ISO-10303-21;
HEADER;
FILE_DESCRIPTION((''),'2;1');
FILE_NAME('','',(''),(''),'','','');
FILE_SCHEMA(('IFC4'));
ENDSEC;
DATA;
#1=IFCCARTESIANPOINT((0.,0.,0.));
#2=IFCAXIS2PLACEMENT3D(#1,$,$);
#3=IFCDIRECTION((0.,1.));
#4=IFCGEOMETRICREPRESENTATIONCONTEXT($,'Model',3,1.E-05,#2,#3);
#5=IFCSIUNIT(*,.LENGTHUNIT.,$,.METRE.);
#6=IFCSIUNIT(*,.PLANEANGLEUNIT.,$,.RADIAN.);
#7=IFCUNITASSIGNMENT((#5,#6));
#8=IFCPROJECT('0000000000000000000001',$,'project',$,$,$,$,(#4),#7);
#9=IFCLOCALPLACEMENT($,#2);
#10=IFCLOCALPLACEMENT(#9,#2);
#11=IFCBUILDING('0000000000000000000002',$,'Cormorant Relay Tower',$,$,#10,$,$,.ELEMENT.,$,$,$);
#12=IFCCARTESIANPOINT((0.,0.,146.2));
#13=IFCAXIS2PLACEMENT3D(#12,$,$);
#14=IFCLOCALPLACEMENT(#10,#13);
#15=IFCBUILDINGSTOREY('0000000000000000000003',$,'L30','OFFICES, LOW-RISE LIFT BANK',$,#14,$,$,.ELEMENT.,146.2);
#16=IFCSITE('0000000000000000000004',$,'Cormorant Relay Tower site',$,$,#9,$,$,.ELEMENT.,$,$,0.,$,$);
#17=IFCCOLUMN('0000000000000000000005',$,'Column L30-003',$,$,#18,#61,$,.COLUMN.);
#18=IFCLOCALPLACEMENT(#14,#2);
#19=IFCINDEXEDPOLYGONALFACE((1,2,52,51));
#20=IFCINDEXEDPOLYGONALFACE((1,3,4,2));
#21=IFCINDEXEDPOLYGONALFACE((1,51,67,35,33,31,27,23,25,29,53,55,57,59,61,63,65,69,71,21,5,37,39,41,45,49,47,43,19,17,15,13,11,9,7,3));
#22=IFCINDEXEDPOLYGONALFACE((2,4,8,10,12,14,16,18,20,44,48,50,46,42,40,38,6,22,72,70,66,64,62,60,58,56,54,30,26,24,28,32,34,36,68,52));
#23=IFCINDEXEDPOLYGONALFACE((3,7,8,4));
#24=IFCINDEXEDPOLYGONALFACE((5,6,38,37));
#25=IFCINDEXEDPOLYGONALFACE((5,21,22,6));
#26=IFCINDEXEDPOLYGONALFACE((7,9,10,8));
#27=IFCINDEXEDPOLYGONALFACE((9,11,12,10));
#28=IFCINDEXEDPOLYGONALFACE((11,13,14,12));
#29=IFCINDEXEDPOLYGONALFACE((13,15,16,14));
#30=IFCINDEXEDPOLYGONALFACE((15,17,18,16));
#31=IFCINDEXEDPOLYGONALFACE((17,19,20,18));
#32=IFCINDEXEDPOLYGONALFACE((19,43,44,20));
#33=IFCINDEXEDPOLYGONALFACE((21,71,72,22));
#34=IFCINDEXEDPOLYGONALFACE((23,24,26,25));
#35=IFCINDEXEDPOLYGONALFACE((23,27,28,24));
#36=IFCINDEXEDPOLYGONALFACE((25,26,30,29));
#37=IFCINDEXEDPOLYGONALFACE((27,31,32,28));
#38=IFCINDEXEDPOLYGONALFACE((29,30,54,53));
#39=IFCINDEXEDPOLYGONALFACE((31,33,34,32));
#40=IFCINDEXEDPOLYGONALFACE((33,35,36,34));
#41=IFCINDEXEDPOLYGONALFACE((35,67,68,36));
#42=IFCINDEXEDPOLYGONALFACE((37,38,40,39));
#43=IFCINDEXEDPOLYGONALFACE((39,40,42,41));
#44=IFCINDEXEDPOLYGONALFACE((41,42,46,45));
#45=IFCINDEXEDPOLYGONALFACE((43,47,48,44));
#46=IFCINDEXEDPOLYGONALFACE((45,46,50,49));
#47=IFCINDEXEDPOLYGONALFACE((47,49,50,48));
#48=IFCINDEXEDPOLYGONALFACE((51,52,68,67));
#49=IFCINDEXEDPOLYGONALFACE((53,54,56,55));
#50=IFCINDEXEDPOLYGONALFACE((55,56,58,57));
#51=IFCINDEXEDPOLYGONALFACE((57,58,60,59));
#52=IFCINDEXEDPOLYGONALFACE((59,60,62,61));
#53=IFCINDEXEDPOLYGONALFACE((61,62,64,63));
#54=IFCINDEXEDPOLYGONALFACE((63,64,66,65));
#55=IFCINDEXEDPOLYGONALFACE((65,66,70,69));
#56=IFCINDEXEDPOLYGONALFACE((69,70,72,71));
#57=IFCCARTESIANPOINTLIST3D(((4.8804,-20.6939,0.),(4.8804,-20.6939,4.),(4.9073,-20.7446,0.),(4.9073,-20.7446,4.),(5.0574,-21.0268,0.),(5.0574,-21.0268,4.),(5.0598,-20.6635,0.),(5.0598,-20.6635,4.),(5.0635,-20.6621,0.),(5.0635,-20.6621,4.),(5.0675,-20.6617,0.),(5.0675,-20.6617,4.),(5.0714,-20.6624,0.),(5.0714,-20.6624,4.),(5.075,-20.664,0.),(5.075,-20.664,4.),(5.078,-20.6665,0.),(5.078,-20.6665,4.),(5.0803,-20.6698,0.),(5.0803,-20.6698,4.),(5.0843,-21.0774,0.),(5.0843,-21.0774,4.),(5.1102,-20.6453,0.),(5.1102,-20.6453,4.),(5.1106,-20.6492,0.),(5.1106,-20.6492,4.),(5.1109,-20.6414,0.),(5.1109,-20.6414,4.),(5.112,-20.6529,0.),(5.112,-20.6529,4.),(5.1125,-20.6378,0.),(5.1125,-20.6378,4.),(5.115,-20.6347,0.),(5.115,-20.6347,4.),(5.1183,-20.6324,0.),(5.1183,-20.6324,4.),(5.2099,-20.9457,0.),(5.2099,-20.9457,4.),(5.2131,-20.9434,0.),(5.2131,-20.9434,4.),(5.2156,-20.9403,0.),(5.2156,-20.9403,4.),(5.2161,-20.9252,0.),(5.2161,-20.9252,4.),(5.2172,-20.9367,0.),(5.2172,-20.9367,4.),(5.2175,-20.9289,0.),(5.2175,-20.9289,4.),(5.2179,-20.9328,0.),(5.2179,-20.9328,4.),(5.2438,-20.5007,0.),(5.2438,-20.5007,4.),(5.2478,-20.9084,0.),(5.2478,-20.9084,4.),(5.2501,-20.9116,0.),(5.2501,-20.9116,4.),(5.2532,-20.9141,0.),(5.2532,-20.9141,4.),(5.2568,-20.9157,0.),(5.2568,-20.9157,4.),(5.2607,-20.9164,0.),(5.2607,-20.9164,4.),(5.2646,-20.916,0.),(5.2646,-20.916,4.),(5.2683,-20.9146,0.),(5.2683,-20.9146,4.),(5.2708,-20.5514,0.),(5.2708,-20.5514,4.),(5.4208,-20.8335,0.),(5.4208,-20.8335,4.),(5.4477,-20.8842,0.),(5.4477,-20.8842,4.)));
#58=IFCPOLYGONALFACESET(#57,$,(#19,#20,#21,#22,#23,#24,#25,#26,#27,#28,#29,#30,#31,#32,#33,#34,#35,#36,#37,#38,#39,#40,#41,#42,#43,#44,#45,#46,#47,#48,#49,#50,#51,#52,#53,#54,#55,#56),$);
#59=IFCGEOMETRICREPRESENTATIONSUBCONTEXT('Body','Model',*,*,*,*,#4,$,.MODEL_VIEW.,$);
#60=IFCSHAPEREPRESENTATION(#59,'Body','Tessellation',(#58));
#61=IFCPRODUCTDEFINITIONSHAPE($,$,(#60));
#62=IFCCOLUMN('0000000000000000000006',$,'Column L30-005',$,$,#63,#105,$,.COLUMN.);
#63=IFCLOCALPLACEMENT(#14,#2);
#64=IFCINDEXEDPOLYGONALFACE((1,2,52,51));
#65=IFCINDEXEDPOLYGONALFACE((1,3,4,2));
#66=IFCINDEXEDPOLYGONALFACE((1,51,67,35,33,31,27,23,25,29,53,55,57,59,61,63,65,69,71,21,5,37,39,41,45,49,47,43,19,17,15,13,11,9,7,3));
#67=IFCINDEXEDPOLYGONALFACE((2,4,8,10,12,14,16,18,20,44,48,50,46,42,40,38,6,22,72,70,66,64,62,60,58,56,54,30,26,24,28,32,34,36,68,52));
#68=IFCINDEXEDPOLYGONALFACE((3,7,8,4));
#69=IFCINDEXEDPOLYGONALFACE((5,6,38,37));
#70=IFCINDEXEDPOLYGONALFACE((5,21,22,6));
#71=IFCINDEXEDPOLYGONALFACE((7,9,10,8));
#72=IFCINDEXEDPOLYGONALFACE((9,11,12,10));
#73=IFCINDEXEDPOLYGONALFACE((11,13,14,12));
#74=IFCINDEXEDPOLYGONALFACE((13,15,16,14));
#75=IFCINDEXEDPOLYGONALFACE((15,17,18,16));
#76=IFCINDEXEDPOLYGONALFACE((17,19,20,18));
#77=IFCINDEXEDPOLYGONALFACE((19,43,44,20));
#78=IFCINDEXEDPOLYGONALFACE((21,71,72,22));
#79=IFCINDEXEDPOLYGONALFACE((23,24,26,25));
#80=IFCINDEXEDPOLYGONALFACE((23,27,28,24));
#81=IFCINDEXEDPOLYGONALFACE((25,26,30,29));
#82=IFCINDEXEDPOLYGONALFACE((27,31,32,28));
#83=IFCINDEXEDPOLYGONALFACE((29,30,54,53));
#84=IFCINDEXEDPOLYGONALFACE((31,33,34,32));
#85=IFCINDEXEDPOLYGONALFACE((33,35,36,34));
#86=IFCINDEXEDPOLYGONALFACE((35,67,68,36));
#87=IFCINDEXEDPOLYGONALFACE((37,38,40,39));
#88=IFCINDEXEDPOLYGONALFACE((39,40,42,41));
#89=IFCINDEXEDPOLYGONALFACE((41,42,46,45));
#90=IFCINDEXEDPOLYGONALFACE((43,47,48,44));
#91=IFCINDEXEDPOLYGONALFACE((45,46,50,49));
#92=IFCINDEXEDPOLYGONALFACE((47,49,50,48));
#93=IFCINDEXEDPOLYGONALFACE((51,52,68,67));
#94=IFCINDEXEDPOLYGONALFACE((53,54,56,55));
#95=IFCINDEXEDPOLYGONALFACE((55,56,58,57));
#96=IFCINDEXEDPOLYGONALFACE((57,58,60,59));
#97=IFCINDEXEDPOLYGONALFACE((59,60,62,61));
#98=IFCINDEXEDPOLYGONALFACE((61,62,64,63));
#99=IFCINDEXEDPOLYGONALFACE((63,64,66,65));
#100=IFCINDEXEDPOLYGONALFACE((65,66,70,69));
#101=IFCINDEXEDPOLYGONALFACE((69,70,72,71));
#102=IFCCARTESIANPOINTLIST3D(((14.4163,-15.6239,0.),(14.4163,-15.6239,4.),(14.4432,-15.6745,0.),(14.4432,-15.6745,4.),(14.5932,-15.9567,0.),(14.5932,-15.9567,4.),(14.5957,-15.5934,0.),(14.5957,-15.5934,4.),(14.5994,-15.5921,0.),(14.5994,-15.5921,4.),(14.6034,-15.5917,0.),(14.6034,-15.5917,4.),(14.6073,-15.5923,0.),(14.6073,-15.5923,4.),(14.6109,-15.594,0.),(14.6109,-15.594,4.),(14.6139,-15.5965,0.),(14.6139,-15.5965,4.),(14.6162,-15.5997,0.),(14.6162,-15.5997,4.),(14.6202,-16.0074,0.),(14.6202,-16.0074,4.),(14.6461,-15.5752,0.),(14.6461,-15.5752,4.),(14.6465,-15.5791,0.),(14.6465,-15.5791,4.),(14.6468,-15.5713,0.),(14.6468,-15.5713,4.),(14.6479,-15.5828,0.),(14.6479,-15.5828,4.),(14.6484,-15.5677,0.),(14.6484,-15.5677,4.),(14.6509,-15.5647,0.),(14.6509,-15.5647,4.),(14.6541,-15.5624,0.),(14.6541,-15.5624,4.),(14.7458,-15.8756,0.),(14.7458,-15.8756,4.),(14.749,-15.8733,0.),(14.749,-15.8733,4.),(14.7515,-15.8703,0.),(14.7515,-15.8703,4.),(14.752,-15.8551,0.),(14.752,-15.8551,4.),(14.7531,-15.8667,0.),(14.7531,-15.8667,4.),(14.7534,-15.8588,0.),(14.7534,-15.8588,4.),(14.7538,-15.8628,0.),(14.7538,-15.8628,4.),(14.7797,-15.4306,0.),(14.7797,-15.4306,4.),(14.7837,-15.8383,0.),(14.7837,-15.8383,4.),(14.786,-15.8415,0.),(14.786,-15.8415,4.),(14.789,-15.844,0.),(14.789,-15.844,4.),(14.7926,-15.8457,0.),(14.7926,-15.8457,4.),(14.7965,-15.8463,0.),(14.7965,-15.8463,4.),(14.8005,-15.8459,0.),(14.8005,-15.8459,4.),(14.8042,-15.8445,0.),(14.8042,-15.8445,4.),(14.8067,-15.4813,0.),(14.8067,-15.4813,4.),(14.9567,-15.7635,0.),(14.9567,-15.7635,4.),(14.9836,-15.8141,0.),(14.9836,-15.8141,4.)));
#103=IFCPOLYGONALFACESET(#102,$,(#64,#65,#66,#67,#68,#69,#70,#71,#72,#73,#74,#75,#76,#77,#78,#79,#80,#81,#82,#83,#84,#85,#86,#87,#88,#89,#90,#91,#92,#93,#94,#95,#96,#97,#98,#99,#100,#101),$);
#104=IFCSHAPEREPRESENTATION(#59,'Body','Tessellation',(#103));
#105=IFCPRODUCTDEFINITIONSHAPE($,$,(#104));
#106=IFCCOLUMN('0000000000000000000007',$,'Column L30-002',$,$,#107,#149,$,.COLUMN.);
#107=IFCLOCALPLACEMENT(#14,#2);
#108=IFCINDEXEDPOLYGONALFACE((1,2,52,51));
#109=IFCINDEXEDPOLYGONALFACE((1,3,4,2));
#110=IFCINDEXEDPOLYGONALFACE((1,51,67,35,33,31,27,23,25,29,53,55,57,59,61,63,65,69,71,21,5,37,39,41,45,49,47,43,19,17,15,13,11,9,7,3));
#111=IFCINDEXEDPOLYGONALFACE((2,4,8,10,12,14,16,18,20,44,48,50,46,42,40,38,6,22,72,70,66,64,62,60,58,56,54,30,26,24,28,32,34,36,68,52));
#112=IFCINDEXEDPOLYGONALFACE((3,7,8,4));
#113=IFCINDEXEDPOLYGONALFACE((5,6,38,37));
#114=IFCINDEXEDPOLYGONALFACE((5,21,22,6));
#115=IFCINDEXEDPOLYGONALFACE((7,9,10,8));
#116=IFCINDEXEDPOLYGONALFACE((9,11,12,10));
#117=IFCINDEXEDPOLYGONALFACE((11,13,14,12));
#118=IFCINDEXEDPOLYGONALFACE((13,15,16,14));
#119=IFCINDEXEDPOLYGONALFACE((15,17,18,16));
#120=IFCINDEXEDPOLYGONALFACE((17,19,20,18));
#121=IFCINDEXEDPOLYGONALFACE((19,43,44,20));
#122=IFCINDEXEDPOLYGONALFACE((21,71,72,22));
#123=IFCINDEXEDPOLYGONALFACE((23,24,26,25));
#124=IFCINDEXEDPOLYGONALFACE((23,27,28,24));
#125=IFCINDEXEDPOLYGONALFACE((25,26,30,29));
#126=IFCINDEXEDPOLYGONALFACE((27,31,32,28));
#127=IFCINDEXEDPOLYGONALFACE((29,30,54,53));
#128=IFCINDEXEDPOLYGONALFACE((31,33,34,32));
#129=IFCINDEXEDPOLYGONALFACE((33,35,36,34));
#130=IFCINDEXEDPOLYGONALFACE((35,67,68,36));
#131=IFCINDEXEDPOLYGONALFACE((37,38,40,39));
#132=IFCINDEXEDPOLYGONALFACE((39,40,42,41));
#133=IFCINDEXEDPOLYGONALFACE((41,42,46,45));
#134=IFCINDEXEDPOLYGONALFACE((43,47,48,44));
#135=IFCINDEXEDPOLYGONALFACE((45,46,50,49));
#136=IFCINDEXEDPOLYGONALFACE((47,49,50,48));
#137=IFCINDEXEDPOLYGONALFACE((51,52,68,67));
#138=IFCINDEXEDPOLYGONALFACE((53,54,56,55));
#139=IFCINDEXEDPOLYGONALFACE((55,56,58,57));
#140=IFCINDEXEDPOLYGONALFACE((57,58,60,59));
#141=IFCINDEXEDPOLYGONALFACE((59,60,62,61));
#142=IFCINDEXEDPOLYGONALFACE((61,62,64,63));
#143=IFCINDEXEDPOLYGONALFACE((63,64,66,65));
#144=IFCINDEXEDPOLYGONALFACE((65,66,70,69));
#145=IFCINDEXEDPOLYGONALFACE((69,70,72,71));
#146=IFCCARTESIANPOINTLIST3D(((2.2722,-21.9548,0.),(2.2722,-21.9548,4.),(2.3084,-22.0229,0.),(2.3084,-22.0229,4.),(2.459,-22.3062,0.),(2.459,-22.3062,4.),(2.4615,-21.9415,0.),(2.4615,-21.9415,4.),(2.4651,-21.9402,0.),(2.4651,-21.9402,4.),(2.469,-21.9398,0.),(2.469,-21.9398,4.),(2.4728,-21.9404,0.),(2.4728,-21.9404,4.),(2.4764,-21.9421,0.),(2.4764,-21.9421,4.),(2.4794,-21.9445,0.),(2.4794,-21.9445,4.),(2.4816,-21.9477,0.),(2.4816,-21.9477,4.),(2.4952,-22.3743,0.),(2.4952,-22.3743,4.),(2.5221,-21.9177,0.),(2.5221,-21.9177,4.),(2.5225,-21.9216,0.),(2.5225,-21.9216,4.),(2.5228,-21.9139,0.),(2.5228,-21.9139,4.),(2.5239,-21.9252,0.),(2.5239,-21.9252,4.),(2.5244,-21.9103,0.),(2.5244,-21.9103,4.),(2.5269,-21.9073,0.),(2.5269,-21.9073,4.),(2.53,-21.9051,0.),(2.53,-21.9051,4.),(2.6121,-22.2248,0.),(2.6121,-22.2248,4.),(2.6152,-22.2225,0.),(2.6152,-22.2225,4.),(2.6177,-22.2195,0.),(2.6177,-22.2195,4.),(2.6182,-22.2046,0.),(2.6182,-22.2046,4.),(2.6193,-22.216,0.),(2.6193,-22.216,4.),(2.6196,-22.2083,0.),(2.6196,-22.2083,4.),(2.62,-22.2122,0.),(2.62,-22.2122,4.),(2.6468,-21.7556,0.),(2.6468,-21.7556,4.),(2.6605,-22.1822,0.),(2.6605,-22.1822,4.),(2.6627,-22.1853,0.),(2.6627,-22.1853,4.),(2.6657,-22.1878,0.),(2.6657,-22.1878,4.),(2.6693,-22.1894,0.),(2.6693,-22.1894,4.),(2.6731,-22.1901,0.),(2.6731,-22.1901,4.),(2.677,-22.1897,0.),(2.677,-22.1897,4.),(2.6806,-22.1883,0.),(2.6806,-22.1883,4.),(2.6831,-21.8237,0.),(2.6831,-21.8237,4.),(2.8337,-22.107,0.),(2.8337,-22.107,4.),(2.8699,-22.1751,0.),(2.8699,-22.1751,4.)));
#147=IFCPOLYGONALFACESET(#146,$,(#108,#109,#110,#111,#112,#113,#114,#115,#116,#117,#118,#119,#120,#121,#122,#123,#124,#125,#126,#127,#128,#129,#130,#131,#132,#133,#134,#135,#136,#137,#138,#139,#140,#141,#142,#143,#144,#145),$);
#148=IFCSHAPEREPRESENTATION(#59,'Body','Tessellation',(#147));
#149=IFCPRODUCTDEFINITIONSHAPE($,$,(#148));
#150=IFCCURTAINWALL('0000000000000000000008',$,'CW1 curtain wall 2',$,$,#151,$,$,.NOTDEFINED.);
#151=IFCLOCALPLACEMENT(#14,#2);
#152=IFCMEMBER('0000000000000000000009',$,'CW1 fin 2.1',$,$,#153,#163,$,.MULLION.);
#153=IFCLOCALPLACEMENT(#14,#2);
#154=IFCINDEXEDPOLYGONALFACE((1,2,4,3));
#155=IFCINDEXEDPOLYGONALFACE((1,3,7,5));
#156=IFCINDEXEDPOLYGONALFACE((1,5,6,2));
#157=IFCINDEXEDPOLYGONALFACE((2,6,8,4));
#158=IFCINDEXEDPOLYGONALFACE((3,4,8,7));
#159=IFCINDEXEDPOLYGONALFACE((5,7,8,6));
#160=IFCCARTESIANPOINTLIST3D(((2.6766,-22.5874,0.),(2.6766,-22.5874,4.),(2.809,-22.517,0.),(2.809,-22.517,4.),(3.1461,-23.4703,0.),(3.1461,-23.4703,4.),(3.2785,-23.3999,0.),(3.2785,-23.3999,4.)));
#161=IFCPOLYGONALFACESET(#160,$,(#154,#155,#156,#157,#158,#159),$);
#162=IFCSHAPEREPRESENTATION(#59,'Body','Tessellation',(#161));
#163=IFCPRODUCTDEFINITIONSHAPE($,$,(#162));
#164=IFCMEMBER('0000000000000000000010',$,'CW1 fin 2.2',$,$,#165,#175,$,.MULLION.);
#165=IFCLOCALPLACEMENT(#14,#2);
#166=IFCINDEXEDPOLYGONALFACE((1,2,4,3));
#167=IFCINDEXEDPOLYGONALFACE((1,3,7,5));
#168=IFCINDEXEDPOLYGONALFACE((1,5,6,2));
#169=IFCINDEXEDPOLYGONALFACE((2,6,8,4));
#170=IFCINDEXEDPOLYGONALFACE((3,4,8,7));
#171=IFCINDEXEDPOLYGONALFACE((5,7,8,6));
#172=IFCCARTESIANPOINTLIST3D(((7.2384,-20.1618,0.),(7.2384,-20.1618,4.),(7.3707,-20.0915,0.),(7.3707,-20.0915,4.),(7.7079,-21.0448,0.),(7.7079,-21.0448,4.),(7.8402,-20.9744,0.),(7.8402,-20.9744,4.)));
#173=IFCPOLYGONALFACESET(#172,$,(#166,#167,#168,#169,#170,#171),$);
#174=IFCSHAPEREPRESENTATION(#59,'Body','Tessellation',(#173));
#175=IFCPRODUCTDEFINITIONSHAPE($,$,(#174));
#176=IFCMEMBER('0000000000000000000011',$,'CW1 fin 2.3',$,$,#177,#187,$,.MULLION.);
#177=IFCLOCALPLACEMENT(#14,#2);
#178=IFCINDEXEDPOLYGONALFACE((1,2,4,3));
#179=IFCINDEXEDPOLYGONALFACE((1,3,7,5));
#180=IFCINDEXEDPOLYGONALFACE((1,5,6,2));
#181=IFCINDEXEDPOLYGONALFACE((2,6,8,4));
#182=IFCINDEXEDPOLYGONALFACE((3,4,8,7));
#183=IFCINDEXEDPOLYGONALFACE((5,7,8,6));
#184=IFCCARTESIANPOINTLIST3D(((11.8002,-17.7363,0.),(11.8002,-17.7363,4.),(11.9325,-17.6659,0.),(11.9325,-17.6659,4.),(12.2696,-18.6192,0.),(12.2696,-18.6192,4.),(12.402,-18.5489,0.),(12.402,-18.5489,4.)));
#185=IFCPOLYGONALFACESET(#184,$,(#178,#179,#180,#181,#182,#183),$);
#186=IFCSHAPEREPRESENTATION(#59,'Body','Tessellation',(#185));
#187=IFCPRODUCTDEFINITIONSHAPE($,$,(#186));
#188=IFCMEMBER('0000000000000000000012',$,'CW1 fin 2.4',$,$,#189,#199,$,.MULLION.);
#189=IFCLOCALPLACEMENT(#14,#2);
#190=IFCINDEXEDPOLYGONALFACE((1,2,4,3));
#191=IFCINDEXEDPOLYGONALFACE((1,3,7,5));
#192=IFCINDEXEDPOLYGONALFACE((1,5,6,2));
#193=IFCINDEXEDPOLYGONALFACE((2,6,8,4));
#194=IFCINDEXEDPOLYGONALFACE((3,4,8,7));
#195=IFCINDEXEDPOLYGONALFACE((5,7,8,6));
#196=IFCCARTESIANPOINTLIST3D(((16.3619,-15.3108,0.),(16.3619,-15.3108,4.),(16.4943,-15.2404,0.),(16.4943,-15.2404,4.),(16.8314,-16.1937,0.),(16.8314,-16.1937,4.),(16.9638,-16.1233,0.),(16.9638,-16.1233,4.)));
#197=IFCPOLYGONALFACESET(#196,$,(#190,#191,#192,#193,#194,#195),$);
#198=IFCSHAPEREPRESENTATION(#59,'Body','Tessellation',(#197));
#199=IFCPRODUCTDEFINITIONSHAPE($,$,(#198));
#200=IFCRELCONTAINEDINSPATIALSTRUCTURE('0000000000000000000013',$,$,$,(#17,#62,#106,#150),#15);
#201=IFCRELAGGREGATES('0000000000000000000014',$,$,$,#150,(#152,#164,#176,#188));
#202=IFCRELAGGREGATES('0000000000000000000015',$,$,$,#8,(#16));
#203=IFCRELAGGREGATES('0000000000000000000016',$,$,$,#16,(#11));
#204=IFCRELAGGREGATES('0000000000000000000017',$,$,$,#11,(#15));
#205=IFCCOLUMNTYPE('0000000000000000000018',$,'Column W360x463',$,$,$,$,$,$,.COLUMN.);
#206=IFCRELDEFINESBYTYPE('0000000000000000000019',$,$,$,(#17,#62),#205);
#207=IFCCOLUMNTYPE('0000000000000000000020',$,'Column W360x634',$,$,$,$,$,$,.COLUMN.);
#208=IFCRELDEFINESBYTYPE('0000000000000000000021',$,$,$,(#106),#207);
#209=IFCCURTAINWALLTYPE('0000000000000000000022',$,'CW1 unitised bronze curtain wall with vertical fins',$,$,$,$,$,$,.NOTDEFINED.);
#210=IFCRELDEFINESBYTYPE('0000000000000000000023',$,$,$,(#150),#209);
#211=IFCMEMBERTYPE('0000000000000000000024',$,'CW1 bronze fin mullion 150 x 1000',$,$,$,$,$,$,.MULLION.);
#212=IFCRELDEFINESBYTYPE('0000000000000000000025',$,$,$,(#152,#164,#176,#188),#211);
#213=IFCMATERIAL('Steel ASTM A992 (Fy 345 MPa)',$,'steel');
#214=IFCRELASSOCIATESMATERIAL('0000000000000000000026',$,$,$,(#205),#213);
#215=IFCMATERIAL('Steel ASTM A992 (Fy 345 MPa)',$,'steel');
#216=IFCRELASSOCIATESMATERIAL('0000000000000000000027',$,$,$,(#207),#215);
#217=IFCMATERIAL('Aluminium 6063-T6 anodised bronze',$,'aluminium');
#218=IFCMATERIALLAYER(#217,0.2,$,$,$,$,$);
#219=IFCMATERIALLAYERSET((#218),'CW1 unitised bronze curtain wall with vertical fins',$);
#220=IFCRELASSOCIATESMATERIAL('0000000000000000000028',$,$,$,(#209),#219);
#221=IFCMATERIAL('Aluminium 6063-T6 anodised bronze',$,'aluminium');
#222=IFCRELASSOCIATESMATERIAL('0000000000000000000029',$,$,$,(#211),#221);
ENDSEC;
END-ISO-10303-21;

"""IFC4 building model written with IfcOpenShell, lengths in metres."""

from ifc_helpers import new_model, si_unit, direction, frame, origin, origin_2d, place, context, subcontext, project, spatial, rectangle, i_section, extrude, material, layer, layer_set, material_profile, profile_set, type_object, element, aggregate, save


model = new_model("IFC4")

# Units and contexts
model_context = context("Model", 3, precision=1e-05, world=origin(), true_north=direction((0.0, 1.0)))
body_context = subcontext(model_context, "Body", "Model", "MODEL_VIEW")
ifc_project = project(units=[si_unit("LENGTHUNIT", "METRE"), si_unit("PLANEANGLEUNIT", "RADIAN")], contexts=[model_context])

# Site, building, storey
site_placement = place(None, origin())
site = spatial("IfcSite", under=ifc_project, at=site_placement, Name="Cormorant Relay Tower site", CompositionType="ELEMENT", RefElevation=0.0)
building_placement = place(site_placement, origin())
building = spatial("IfcBuilding", under=site, at=building_placement, Name="Cormorant Relay Tower", CompositionType="ELEMENT")
storey_placement = place(building_placement, frame((0.0, 0.0, 146.2)))
storey = spatial("IfcBuildingStorey", under=building, at=storey_placement, Name="L30", Description="OFFICES, LOW-RISE LIFT BANK", CompositionType="ELEMENT", Elevation=146.2)

# Columns
ifc_material_1 = material(Name="Steel ASTM A992 (Fy 345 MPa)", Category="steel")
ifc_material_profile_1 = material_profile(ifc_material_1, i_section(OverallWidth=0.4116, OverallDepth=0.4343, WebThickness=0.0359, FlangeThickness=0.0574, FilletRadius=0.0151, at=origin_2d()), Name="W360x463")
ifc_profile_set_1 = profile_set([ifc_material_profile_1], Name="Steel ASTM A992 (Fy 345 MPa)")
column_type_1 = type_object("IfcColumnType", Name="Column W360x463", PredefinedType="COLUMN", material=ifc_profile_set_1)
for number, where, z_axis, x_axis, name in (
    (1, (5.1641, -20.7891, 0.0), (0.0, 0.0, 1.0), (0.882948, 0.469472, 0.0), "Column L30-003"),
    (2, (14.7, -15.719, 0.0), (0.0, 0.0, 1.0), (0.882948, 0.469472, 0.0), "Column L30-005"),
):
    element("IfcColumn", number, at=place(storey_placement, frame(where, z_axis=z_axis, x_axis=x_axis)), inside=storey, type_object=column_type_1, Name=name, PredefinedType="COLUMN", context=body_context, shape_type="SweptSolid", body=[
        extrude(i_section(OverallWidth=0.4116, OverallDepth=0.4343, WebThickness=0.0359, FlangeThickness=0.0574, FilletRadius=0.0151, at=origin_2d()), origin(), (0.0, 0.0, 1.0), 4.0),
    ])
ifc_material_2 = material(Name="Steel ASTM A992 (Fy 345 MPa)", Category="steel")
ifc_material_profile_2 = material_profile(ifc_material_2, i_section(OverallWidth=0.4243, OverallDepth=0.4751, WebThickness=0.0479, FlangeThickness=0.0771, FilletRadius=0.0149, at=origin_2d()), Name="W360x634")
ifc_profile_set_2 = profile_set([ifc_material_profile_2], Name="Steel ASTM A992 (Fy 345 MPa)")
column_type_2 = type_object("IfcColumnType", Name="Column W360x634", PredefinedType="COLUMN", material=ifc_profile_set_2)
column_placement = place(storey_placement, frame((2.571, -22.0649, 0.0), z_axis=(0.0, 0.0, 1.0), x_axis=(0.882948, 0.469472, 0.0)))
element("IfcColumn", 3, at=column_placement, inside=storey, type_object=column_type_2, Name="Column L30-002", PredefinedType="COLUMN", context=body_context, shape_type="SweptSolid", body=[
    extrude(i_section(OverallWidth=0.4243, OverallDepth=0.4751, WebThickness=0.0479, FlangeThickness=0.0771, FilletRadius=0.0149, at=origin_2d()), origin(), (0.0, 0.0, 1.0), 4.0),
])

# Curtain wall, members
ifc_material_3 = material(Name="Aluminium 6063-T6 anodised bronze", Category="aluminium")
ifc_layer_1 = layer(ifc_material_3, 0.2)
ifc_layer_set_1 = layer_set([ifc_layer_1], Name="CW1 unitised bronze curtain wall with vertical fins")
curtain_wall_type = type_object("IfcCurtainWallType", Name="CW1 unitised bronze curtain wall with vertical fins", PredefinedType="NOTDEFINED", material=ifc_layer_set_1)
curtain_wall_1_placement = place(storey_placement, origin())
curtain_wall_1 = element("IfcCurtainWall", 4, at=curtain_wall_1_placement, inside=storey, type_object=curtain_wall_type, Name="CW1 curtain wall 2", PredefinedType="NOTDEFINED")
ifc_material_4 = material(Name="Aluminium 6063-T6 anodised bronze", Category="aluminium")
ifc_material_profile_3 = material_profile(ifc_material_4, rectangle(XDim=0.1499, YDim=1.0, at=origin_2d()), Name="AL 150x1000")
ifc_profile_set_3 = profile_set([ifc_material_profile_3], Name="Aluminium 6063-T6 anodised bronze")
member_type_1 = type_object("IfcMemberType", Name="CW1 bronze fin mullion 150 x 1000", PredefinedType="MULLION", material=ifc_profile_set_3)
member_1_placement = place(storey_placement, frame((2.9775, -22.9937, 0.0), z_axis=(0.0, 0.0, 1.0), x_axis=(0.882948, 0.469472, 0.0)))
member_1 = element("IfcMember", 5, at=member_1_placement, type_object=member_type_1, Name="CW1 fin 2.1", PredefinedType="MULLION", context=body_context, shape_type="SweptSolid", body=[
    extrude(rectangle(XDim=0.1499, YDim=1.0, at=origin_2d()), origin(), (0.0, 0.0, 1.0), 4.0),
])
member_2_placement = place(storey_placement, frame((7.5393, -20.5681, 0.0), z_axis=(0.0, 0.0, 1.0), x_axis=(0.882948, 0.469472, 0.0)))
member_2 = element("IfcMember", 6, at=member_2_placement, type_object=member_type_1, Name="CW1 fin 2.2", PredefinedType="MULLION", context=body_context, shape_type="SweptSolid", body=[
    extrude(rectangle(XDim=0.1499, YDim=1.0, at=origin_2d()), origin(), (0.0, 0.0, 1.0), 4.0),
])
member_3_placement = place(storey_placement, frame((12.1011, -18.1426, 0.0), z_axis=(0.0, 0.0, 1.0), x_axis=(0.882948, 0.469472, 0.0)))
member_3 = element("IfcMember", 7, at=member_3_placement, type_object=member_type_1, Name="CW1 fin 2.3", PredefinedType="MULLION", context=body_context, shape_type="SweptSolid", body=[
    extrude(rectangle(XDim=0.1499, YDim=1.0, at=origin_2d()), origin(), (0.0, 0.0, 1.0), 4.0),
])
member_4_placement = place(storey_placement, frame((16.6628, -15.717, 0.0), z_axis=(0.0, 0.0, 1.0), x_axis=(0.882948, 0.469472, 0.0)))
member_4 = element("IfcMember", 8, at=member_4_placement, type_object=member_type_1, Name="CW1 fin 2.4", PredefinedType="MULLION", context=body_context, shape_type="SweptSolid", body=[
    extrude(rectangle(XDim=0.1499, YDim=1.0, at=origin_2d()), origin(), (0.0, 0.0, 1.0), 4.0),
])

aggregate(curtain_wall_1, [member_1, member_2, member_3, member_4])

save(model, "model.ifc")
